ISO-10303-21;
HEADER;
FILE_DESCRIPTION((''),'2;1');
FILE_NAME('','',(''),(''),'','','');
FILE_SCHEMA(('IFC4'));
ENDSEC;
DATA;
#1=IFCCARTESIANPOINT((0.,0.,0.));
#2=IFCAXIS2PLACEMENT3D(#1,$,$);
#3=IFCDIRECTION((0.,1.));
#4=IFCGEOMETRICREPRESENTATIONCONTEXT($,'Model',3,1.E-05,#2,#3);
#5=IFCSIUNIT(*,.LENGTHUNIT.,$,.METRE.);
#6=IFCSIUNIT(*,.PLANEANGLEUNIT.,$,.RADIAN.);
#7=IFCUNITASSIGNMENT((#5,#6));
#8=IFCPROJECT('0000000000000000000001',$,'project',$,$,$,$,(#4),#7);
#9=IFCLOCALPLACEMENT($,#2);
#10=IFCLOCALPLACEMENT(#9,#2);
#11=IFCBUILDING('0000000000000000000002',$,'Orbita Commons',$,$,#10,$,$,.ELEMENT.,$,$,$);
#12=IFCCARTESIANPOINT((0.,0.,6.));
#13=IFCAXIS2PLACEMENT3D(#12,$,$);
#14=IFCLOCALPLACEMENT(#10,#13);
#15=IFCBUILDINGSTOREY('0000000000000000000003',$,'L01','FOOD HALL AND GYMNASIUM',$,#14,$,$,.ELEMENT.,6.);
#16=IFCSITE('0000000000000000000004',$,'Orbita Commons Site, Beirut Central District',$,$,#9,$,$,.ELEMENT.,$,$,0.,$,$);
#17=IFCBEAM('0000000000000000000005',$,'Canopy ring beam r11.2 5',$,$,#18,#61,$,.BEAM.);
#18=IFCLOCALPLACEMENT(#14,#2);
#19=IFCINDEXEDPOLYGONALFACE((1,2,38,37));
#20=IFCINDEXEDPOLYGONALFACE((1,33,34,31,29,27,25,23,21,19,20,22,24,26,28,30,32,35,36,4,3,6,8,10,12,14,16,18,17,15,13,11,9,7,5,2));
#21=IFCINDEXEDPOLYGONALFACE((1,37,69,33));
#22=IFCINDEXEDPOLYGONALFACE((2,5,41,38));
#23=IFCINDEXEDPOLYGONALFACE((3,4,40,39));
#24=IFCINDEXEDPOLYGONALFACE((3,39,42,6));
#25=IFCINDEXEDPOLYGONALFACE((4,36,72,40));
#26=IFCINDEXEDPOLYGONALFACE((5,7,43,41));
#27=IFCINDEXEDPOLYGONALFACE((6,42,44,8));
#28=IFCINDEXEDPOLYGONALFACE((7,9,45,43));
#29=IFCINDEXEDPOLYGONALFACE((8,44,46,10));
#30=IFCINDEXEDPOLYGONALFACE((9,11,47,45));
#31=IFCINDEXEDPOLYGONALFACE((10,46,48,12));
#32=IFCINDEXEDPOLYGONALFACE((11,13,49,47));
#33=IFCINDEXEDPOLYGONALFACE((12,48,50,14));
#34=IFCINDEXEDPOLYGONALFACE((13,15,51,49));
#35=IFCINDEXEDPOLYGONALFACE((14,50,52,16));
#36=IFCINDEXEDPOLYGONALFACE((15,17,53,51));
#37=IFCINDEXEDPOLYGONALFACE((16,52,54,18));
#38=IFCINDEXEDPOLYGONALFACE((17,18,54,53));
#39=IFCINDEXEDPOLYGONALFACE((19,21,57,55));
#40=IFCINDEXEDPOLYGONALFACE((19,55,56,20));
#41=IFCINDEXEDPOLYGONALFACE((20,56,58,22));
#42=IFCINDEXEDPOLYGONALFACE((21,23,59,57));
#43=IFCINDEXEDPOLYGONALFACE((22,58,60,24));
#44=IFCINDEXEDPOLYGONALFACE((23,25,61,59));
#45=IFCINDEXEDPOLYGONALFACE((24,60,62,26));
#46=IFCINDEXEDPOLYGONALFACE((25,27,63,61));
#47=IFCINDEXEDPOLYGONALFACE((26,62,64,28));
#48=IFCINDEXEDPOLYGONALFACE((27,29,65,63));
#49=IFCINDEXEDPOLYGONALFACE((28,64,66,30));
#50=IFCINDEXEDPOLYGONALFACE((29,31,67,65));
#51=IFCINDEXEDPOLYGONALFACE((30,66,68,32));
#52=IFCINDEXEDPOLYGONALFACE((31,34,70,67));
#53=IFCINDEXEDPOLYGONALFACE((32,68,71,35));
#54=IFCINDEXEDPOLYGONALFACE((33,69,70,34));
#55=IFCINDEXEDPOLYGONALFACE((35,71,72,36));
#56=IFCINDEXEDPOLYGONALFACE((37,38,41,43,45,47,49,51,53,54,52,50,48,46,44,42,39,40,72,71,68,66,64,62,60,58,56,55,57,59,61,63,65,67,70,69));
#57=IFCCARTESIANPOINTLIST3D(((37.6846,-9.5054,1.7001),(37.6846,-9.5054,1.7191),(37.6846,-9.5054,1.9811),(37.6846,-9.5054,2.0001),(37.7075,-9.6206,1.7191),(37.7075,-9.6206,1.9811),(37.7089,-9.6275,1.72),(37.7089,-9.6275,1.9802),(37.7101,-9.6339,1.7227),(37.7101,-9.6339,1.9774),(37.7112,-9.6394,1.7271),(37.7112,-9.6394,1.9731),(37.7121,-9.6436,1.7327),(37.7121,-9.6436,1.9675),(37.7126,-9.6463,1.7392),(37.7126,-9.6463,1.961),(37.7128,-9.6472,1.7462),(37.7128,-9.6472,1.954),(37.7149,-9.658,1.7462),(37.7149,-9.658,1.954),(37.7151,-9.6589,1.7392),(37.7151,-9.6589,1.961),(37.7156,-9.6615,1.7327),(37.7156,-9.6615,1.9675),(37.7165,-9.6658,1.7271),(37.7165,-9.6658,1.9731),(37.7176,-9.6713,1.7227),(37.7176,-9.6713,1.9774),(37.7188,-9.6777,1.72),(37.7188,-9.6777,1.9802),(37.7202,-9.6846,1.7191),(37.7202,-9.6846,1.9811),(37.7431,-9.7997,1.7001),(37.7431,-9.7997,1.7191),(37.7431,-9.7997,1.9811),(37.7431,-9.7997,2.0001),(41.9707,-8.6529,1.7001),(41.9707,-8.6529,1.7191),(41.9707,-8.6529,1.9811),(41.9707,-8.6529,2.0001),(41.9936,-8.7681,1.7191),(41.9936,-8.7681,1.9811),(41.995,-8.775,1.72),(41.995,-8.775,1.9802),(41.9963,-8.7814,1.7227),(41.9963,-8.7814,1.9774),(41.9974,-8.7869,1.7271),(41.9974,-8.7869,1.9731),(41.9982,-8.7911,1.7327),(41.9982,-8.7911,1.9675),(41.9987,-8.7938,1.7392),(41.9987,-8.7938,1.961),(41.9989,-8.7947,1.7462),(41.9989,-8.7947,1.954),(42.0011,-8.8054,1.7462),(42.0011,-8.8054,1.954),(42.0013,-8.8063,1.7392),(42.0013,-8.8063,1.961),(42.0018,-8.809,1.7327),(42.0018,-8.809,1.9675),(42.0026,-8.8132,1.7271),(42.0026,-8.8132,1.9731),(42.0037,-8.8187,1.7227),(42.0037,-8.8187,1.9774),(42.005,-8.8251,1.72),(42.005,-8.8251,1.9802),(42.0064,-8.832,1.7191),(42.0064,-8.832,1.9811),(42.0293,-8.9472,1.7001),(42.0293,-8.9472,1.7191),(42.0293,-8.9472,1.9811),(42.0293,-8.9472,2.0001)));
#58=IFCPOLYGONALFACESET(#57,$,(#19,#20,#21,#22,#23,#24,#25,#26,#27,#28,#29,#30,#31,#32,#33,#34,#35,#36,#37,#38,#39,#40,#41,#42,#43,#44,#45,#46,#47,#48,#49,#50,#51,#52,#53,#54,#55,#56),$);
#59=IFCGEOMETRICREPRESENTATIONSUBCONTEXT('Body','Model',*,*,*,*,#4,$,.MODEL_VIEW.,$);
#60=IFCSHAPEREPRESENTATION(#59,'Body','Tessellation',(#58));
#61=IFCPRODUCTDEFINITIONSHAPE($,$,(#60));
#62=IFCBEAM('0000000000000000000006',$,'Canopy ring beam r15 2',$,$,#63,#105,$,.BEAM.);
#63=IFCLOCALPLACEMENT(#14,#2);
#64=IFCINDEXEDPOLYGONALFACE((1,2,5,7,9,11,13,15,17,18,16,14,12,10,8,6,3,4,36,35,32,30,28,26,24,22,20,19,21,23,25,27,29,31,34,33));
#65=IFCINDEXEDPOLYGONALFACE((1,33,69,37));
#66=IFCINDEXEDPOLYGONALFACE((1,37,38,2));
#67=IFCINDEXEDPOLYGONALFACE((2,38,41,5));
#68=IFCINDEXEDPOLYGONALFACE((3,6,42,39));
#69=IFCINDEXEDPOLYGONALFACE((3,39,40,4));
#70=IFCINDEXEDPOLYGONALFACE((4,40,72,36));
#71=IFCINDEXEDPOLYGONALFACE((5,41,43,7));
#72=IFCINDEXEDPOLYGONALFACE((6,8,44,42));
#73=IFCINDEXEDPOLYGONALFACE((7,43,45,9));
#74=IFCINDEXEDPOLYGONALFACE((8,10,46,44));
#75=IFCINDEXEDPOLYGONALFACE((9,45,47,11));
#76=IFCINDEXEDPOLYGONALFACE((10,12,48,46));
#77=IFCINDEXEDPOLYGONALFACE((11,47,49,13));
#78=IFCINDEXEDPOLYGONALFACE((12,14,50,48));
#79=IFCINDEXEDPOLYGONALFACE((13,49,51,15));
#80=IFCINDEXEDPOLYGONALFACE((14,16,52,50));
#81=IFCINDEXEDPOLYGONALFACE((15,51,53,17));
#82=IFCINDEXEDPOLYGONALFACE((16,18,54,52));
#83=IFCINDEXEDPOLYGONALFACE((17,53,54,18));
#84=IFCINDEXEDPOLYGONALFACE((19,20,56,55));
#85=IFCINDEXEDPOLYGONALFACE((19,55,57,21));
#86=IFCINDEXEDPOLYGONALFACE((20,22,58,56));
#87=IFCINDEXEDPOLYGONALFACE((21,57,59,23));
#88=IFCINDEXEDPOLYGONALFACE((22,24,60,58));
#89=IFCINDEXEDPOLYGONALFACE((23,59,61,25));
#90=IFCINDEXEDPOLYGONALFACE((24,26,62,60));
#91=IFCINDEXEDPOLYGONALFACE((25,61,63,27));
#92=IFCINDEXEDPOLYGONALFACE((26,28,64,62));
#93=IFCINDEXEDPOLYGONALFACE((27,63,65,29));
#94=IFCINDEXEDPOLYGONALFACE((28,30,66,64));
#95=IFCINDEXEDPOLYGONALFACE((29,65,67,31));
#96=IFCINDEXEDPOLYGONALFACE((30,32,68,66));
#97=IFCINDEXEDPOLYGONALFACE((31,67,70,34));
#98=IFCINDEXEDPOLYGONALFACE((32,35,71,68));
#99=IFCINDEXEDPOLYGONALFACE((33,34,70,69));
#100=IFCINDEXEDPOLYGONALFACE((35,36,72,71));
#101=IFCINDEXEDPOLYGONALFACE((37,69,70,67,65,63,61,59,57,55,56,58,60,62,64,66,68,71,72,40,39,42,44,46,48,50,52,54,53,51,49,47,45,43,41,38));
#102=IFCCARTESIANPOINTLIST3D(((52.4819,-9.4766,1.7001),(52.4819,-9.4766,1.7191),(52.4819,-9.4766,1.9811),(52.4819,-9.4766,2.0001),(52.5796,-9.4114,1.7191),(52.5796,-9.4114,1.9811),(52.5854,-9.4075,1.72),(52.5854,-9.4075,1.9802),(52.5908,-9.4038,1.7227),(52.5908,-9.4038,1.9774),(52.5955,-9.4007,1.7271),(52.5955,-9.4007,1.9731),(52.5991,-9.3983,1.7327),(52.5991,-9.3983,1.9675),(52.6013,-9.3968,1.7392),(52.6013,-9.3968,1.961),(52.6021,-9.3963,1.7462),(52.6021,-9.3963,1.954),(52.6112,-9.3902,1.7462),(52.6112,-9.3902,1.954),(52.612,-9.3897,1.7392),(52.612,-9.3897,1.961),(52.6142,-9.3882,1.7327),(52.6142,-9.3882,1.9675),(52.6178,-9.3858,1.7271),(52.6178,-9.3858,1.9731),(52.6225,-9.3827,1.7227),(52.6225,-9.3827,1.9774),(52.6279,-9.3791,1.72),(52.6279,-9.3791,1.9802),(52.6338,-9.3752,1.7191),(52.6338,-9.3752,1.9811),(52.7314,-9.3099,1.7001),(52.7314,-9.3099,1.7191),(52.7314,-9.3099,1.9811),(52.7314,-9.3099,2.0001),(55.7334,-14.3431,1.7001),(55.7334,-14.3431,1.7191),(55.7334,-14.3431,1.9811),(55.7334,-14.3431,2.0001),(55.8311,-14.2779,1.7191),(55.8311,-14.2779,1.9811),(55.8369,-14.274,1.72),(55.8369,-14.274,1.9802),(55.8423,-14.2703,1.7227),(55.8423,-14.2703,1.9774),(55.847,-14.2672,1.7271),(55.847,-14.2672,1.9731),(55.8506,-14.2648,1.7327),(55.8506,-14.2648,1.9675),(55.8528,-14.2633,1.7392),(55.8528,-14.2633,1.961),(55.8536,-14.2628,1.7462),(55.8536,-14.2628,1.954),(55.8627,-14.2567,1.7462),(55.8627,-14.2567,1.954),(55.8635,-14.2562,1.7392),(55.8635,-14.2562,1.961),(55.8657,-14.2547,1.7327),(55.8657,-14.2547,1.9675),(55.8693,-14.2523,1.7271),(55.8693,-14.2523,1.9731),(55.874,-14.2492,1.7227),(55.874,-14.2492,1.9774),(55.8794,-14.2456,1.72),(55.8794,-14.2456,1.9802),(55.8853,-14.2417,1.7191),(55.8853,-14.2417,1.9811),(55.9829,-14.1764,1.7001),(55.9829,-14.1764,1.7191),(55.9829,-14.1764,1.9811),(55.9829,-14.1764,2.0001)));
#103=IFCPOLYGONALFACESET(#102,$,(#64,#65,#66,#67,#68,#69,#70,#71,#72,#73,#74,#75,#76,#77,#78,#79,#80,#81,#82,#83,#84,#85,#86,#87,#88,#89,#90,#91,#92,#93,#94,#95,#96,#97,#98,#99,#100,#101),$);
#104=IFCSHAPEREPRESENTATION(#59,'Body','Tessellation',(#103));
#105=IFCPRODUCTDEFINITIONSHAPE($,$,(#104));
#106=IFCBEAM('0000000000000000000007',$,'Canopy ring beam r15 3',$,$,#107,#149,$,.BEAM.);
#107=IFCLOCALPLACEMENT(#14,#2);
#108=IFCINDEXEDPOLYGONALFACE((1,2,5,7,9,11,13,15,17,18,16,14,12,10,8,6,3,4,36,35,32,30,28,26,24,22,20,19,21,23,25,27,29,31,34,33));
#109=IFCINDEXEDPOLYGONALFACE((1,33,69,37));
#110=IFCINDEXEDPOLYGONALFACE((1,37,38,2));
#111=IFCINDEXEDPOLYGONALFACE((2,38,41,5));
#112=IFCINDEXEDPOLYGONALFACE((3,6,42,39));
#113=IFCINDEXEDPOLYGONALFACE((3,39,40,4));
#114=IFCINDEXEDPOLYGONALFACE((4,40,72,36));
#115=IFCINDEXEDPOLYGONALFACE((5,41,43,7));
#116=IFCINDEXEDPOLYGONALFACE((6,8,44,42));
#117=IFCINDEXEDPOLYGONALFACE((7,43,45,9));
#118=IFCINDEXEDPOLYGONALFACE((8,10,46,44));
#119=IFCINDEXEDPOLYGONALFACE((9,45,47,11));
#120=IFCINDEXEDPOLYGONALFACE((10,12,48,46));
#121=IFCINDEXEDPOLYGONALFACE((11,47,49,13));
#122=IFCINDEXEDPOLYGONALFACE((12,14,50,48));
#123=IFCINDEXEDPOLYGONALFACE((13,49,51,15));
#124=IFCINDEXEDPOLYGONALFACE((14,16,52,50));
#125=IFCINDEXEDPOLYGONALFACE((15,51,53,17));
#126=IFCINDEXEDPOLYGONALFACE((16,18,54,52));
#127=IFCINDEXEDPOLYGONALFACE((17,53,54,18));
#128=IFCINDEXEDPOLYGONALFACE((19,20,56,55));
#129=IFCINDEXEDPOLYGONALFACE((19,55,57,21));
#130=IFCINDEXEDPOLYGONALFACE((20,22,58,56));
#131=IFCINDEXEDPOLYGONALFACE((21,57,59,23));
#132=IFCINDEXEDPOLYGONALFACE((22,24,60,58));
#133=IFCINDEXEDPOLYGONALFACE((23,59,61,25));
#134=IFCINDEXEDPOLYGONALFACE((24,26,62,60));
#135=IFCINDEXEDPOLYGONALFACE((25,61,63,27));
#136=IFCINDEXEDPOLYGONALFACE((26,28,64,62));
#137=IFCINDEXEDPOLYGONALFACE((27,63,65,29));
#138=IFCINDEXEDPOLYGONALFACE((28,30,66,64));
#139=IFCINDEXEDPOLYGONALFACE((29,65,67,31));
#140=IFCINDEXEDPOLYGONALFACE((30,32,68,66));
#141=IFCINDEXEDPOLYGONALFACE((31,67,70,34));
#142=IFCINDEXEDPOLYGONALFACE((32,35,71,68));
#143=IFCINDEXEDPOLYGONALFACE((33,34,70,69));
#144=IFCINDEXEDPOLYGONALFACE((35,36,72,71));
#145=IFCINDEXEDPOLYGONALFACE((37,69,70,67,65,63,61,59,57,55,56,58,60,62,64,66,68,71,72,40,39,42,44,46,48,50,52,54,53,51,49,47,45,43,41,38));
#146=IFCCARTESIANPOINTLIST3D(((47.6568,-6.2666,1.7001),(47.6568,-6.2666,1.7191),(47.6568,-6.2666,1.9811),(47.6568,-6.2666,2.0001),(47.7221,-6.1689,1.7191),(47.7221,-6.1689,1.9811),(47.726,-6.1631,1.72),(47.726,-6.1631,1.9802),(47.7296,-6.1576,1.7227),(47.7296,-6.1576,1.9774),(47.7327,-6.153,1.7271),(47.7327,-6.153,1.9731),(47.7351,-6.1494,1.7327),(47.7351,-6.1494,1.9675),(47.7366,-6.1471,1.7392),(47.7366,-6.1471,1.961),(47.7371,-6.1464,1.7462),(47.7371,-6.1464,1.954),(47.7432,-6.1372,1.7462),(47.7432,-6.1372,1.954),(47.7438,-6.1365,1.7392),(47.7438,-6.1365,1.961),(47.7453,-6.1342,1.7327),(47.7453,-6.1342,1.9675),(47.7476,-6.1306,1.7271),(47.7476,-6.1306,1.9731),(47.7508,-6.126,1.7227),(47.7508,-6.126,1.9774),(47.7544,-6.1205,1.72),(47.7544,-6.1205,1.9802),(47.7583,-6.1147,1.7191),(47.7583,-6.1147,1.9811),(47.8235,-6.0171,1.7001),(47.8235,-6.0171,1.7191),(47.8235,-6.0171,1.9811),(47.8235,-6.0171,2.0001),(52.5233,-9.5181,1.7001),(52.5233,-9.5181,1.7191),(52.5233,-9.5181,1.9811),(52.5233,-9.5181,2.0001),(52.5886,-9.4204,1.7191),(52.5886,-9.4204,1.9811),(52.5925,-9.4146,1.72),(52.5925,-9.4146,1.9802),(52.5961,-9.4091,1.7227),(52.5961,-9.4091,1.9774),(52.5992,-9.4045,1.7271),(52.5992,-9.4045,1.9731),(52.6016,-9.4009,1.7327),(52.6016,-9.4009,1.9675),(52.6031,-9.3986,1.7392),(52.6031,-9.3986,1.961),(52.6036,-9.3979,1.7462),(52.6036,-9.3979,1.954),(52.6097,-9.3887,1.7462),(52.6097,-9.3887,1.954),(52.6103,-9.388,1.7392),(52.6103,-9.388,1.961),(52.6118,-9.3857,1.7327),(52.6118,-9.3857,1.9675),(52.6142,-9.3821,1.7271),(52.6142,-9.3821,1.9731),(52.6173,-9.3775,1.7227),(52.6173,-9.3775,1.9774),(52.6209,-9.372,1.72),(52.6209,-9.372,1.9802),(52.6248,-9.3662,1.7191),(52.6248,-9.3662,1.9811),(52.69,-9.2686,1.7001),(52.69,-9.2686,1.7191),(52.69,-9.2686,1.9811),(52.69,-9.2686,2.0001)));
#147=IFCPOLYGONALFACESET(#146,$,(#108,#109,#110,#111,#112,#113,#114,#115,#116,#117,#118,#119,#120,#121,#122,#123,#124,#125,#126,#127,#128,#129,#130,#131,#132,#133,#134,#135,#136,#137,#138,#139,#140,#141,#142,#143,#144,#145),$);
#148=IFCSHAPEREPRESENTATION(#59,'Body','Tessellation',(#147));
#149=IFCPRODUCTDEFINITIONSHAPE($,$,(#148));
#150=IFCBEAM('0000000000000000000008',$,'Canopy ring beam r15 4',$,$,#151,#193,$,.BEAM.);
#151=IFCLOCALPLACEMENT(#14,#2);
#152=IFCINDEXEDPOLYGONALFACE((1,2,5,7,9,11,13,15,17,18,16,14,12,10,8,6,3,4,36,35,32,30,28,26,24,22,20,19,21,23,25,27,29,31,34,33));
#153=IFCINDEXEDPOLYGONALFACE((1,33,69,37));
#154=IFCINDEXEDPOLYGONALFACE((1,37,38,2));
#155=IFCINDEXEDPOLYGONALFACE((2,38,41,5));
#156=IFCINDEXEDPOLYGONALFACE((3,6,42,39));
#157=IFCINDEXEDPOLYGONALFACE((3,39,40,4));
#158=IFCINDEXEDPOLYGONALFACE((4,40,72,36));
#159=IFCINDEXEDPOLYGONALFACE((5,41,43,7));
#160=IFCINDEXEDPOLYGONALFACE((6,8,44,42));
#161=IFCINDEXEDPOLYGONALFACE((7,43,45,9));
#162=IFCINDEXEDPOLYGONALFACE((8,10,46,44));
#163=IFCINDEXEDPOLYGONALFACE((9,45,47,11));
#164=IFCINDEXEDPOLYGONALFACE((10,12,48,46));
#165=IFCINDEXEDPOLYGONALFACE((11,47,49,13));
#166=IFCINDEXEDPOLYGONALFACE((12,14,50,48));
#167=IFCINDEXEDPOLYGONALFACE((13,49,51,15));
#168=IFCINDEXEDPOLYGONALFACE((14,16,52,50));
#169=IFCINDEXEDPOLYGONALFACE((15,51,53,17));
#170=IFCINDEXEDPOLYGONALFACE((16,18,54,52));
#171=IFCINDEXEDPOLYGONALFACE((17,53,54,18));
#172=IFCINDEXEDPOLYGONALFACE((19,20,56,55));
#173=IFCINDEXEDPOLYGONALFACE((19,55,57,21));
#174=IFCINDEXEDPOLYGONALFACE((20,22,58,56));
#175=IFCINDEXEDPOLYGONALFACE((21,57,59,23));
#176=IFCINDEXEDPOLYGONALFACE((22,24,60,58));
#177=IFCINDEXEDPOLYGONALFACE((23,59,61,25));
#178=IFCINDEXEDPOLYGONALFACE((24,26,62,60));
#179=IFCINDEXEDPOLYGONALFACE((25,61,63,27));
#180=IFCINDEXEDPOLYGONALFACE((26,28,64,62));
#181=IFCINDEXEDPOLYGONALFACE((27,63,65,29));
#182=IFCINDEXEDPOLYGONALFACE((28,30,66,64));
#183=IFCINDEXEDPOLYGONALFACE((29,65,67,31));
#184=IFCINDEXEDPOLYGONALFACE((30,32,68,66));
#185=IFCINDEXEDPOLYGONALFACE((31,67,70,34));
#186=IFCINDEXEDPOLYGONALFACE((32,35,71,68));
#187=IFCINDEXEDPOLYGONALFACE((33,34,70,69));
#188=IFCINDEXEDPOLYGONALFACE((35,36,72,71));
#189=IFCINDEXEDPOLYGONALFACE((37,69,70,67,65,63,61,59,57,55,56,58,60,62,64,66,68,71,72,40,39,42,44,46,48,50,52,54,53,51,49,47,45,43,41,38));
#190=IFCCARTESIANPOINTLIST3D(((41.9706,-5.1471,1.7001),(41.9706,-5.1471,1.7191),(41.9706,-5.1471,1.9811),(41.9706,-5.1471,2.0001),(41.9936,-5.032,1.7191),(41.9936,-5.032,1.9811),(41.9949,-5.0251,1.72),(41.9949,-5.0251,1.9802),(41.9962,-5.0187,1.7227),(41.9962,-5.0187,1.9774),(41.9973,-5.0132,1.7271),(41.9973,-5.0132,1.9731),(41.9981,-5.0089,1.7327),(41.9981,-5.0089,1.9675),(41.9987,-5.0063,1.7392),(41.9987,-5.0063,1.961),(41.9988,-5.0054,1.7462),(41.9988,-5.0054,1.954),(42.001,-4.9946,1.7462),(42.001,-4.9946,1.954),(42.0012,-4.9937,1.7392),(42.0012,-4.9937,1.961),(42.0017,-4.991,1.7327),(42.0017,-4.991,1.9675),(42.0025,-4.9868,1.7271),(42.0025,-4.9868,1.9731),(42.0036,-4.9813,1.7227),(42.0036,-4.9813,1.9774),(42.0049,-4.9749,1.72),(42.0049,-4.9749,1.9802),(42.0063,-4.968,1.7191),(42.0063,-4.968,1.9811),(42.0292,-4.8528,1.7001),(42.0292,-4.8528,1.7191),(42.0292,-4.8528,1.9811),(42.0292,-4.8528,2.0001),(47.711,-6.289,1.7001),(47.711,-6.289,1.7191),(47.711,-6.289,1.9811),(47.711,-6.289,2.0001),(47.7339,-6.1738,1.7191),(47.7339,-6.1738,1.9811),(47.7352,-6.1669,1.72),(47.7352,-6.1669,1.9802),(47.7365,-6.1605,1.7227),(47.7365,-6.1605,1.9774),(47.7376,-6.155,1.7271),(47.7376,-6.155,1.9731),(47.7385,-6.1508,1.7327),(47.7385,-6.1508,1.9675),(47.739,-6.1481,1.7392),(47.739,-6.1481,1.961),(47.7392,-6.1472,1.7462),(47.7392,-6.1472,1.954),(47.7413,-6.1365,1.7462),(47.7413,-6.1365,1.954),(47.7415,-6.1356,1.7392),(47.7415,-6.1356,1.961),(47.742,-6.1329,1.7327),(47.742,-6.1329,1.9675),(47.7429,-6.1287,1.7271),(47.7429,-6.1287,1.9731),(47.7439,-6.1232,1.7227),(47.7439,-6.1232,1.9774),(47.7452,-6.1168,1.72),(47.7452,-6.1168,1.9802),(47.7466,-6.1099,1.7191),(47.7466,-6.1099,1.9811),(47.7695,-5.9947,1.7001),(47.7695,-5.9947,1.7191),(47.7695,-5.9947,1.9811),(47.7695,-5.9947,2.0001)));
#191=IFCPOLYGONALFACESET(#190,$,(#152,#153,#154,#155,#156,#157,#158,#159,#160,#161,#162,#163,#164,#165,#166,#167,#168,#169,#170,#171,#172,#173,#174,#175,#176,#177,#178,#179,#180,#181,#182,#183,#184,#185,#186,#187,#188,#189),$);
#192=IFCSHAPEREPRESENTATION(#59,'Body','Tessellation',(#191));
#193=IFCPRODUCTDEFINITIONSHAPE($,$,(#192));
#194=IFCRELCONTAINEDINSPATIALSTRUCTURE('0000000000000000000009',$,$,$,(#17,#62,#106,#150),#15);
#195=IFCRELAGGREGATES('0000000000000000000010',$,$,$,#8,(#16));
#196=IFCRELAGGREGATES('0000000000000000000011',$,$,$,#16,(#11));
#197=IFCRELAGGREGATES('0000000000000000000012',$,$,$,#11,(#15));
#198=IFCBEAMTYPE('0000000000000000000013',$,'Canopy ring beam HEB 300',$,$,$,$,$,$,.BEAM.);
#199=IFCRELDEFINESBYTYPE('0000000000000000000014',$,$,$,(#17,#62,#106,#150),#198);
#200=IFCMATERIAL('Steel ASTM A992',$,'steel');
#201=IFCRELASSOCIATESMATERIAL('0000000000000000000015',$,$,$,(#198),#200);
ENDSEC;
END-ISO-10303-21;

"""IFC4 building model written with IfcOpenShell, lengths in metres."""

from ifc_helpers import new_model, si_unit, direction, frame, origin, origin_2d, place, context, subcontext, project, spatial, i_section, extrude, material, material_profile, profile_set, type_object, element, save


model = new_model("IFC4")

# Units and contexts
model_context = context("Model", 3, precision=1e-05, world=origin(), true_north=direction((0.0, 1.0)))
body_context = subcontext(model_context, "Body", "Model", "MODEL_VIEW")
ifc_project = project(units=[si_unit("LENGTHUNIT", "METRE"), si_unit("PLANEANGLEUNIT", "RADIAN")], contexts=[model_context])

# Site, building, storey
site_placement = place(None, origin())
site = spatial("IfcSite", under=ifc_project, at=site_placement, Name="Orbita Commons Site, Beirut Central District", CompositionType="ELEMENT", RefElevation=0.0)
building_placement = place(site_placement, origin())
building = spatial("IfcBuilding", under=site, at=building_placement, Name="Orbita Commons", CompositionType="ELEMENT")
storey_placement = place(building_placement, frame((0.0, 0.0, 6.0)))
storey = spatial("IfcBuildingStorey", under=building, at=storey_placement, Name="L01", Description="FOOD HALL AND GYMNASIUM", CompositionType="ELEMENT", Elevation=6.0)

# Beams
ifc_material_1 = material(Name="Steel ASTM A992", Category="steel")
ifc_material_profile_1 = material_profile(ifc_material_1, i_section(OverallWidth=0.3, OverallDepth=0.3, WebThickness=0.011, FlangeThickness=0.019, FilletRadius=0.0271, at=origin_2d()), Name="HEB 300")
ifc_profile_set_1 = profile_set([ifc_material_profile_1], Name="Steel ASTM A992")
beam_type = type_object("IfcBeamType", Name="Canopy ring beam HEB 300", PredefinedType="BEAM", material=ifc_profile_set_1)
for number, where, z_axis, x_axis, name in (
    (1, (42.0, -8.8, 1.8501), (-0.980786, -0.195085, 0.0), (0.195085, -0.980786, 0.0), "Canopy ring beam r11.2 5"),
):
    element("IfcBeam", number, at=place(storey_placement, frame(where, z_axis=z_axis, x_axis=x_axis)), inside=storey, type_object=beam_type, Name=name, PredefinedType="BEAM", context=body_context, shape_type="SweptSolid", body=[
        extrude(i_section(OverallWidth=0.3, OverallDepth=0.3, WebThickness=0.011, FlangeThickness=0.019, FilletRadius=0.0271, at=origin_2d()), origin(), (0.0, 0.0, 1.0), 4.3701),
    ])
for number, where, z_axis, x_axis, name in (
    (2, (55.8582, -14.2598, 1.8501), (-0.555547, 0.831485, 0.0), (-0.831485, -0.555547, 0.0), "Canopy ring beam r15 2"),
    (3, (52.6067, -9.3933, 1.8501), (-0.831485, 0.555547, 0.0), (-0.555547, -0.831485, 0.0), "Canopy ring beam r15 3"),
    (4, (47.7402, -6.1418, 1.8501), (-0.980784, 0.195097, 0.0), (-0.195097, -0.980784, 0.0), "Canopy ring beam r15 4"),
):
    element("IfcBeam", number, at=place(storey_placement, frame(where, z_axis=z_axis, x_axis=x_axis)), inside=storey, type_object=beam_type, Name=name, PredefinedType="BEAM", context=body_context, shape_type="SweptSolid", body=[
        extrude(i_section(OverallWidth=0.3, OverallDepth=0.3, WebThickness=0.011, FlangeThickness=0.019, FilletRadius=0.0271, at=origin_2d()), origin(), (0.0, 0.0, 1.0), 5.8528),
    ])

save(model, "model.ifc")
